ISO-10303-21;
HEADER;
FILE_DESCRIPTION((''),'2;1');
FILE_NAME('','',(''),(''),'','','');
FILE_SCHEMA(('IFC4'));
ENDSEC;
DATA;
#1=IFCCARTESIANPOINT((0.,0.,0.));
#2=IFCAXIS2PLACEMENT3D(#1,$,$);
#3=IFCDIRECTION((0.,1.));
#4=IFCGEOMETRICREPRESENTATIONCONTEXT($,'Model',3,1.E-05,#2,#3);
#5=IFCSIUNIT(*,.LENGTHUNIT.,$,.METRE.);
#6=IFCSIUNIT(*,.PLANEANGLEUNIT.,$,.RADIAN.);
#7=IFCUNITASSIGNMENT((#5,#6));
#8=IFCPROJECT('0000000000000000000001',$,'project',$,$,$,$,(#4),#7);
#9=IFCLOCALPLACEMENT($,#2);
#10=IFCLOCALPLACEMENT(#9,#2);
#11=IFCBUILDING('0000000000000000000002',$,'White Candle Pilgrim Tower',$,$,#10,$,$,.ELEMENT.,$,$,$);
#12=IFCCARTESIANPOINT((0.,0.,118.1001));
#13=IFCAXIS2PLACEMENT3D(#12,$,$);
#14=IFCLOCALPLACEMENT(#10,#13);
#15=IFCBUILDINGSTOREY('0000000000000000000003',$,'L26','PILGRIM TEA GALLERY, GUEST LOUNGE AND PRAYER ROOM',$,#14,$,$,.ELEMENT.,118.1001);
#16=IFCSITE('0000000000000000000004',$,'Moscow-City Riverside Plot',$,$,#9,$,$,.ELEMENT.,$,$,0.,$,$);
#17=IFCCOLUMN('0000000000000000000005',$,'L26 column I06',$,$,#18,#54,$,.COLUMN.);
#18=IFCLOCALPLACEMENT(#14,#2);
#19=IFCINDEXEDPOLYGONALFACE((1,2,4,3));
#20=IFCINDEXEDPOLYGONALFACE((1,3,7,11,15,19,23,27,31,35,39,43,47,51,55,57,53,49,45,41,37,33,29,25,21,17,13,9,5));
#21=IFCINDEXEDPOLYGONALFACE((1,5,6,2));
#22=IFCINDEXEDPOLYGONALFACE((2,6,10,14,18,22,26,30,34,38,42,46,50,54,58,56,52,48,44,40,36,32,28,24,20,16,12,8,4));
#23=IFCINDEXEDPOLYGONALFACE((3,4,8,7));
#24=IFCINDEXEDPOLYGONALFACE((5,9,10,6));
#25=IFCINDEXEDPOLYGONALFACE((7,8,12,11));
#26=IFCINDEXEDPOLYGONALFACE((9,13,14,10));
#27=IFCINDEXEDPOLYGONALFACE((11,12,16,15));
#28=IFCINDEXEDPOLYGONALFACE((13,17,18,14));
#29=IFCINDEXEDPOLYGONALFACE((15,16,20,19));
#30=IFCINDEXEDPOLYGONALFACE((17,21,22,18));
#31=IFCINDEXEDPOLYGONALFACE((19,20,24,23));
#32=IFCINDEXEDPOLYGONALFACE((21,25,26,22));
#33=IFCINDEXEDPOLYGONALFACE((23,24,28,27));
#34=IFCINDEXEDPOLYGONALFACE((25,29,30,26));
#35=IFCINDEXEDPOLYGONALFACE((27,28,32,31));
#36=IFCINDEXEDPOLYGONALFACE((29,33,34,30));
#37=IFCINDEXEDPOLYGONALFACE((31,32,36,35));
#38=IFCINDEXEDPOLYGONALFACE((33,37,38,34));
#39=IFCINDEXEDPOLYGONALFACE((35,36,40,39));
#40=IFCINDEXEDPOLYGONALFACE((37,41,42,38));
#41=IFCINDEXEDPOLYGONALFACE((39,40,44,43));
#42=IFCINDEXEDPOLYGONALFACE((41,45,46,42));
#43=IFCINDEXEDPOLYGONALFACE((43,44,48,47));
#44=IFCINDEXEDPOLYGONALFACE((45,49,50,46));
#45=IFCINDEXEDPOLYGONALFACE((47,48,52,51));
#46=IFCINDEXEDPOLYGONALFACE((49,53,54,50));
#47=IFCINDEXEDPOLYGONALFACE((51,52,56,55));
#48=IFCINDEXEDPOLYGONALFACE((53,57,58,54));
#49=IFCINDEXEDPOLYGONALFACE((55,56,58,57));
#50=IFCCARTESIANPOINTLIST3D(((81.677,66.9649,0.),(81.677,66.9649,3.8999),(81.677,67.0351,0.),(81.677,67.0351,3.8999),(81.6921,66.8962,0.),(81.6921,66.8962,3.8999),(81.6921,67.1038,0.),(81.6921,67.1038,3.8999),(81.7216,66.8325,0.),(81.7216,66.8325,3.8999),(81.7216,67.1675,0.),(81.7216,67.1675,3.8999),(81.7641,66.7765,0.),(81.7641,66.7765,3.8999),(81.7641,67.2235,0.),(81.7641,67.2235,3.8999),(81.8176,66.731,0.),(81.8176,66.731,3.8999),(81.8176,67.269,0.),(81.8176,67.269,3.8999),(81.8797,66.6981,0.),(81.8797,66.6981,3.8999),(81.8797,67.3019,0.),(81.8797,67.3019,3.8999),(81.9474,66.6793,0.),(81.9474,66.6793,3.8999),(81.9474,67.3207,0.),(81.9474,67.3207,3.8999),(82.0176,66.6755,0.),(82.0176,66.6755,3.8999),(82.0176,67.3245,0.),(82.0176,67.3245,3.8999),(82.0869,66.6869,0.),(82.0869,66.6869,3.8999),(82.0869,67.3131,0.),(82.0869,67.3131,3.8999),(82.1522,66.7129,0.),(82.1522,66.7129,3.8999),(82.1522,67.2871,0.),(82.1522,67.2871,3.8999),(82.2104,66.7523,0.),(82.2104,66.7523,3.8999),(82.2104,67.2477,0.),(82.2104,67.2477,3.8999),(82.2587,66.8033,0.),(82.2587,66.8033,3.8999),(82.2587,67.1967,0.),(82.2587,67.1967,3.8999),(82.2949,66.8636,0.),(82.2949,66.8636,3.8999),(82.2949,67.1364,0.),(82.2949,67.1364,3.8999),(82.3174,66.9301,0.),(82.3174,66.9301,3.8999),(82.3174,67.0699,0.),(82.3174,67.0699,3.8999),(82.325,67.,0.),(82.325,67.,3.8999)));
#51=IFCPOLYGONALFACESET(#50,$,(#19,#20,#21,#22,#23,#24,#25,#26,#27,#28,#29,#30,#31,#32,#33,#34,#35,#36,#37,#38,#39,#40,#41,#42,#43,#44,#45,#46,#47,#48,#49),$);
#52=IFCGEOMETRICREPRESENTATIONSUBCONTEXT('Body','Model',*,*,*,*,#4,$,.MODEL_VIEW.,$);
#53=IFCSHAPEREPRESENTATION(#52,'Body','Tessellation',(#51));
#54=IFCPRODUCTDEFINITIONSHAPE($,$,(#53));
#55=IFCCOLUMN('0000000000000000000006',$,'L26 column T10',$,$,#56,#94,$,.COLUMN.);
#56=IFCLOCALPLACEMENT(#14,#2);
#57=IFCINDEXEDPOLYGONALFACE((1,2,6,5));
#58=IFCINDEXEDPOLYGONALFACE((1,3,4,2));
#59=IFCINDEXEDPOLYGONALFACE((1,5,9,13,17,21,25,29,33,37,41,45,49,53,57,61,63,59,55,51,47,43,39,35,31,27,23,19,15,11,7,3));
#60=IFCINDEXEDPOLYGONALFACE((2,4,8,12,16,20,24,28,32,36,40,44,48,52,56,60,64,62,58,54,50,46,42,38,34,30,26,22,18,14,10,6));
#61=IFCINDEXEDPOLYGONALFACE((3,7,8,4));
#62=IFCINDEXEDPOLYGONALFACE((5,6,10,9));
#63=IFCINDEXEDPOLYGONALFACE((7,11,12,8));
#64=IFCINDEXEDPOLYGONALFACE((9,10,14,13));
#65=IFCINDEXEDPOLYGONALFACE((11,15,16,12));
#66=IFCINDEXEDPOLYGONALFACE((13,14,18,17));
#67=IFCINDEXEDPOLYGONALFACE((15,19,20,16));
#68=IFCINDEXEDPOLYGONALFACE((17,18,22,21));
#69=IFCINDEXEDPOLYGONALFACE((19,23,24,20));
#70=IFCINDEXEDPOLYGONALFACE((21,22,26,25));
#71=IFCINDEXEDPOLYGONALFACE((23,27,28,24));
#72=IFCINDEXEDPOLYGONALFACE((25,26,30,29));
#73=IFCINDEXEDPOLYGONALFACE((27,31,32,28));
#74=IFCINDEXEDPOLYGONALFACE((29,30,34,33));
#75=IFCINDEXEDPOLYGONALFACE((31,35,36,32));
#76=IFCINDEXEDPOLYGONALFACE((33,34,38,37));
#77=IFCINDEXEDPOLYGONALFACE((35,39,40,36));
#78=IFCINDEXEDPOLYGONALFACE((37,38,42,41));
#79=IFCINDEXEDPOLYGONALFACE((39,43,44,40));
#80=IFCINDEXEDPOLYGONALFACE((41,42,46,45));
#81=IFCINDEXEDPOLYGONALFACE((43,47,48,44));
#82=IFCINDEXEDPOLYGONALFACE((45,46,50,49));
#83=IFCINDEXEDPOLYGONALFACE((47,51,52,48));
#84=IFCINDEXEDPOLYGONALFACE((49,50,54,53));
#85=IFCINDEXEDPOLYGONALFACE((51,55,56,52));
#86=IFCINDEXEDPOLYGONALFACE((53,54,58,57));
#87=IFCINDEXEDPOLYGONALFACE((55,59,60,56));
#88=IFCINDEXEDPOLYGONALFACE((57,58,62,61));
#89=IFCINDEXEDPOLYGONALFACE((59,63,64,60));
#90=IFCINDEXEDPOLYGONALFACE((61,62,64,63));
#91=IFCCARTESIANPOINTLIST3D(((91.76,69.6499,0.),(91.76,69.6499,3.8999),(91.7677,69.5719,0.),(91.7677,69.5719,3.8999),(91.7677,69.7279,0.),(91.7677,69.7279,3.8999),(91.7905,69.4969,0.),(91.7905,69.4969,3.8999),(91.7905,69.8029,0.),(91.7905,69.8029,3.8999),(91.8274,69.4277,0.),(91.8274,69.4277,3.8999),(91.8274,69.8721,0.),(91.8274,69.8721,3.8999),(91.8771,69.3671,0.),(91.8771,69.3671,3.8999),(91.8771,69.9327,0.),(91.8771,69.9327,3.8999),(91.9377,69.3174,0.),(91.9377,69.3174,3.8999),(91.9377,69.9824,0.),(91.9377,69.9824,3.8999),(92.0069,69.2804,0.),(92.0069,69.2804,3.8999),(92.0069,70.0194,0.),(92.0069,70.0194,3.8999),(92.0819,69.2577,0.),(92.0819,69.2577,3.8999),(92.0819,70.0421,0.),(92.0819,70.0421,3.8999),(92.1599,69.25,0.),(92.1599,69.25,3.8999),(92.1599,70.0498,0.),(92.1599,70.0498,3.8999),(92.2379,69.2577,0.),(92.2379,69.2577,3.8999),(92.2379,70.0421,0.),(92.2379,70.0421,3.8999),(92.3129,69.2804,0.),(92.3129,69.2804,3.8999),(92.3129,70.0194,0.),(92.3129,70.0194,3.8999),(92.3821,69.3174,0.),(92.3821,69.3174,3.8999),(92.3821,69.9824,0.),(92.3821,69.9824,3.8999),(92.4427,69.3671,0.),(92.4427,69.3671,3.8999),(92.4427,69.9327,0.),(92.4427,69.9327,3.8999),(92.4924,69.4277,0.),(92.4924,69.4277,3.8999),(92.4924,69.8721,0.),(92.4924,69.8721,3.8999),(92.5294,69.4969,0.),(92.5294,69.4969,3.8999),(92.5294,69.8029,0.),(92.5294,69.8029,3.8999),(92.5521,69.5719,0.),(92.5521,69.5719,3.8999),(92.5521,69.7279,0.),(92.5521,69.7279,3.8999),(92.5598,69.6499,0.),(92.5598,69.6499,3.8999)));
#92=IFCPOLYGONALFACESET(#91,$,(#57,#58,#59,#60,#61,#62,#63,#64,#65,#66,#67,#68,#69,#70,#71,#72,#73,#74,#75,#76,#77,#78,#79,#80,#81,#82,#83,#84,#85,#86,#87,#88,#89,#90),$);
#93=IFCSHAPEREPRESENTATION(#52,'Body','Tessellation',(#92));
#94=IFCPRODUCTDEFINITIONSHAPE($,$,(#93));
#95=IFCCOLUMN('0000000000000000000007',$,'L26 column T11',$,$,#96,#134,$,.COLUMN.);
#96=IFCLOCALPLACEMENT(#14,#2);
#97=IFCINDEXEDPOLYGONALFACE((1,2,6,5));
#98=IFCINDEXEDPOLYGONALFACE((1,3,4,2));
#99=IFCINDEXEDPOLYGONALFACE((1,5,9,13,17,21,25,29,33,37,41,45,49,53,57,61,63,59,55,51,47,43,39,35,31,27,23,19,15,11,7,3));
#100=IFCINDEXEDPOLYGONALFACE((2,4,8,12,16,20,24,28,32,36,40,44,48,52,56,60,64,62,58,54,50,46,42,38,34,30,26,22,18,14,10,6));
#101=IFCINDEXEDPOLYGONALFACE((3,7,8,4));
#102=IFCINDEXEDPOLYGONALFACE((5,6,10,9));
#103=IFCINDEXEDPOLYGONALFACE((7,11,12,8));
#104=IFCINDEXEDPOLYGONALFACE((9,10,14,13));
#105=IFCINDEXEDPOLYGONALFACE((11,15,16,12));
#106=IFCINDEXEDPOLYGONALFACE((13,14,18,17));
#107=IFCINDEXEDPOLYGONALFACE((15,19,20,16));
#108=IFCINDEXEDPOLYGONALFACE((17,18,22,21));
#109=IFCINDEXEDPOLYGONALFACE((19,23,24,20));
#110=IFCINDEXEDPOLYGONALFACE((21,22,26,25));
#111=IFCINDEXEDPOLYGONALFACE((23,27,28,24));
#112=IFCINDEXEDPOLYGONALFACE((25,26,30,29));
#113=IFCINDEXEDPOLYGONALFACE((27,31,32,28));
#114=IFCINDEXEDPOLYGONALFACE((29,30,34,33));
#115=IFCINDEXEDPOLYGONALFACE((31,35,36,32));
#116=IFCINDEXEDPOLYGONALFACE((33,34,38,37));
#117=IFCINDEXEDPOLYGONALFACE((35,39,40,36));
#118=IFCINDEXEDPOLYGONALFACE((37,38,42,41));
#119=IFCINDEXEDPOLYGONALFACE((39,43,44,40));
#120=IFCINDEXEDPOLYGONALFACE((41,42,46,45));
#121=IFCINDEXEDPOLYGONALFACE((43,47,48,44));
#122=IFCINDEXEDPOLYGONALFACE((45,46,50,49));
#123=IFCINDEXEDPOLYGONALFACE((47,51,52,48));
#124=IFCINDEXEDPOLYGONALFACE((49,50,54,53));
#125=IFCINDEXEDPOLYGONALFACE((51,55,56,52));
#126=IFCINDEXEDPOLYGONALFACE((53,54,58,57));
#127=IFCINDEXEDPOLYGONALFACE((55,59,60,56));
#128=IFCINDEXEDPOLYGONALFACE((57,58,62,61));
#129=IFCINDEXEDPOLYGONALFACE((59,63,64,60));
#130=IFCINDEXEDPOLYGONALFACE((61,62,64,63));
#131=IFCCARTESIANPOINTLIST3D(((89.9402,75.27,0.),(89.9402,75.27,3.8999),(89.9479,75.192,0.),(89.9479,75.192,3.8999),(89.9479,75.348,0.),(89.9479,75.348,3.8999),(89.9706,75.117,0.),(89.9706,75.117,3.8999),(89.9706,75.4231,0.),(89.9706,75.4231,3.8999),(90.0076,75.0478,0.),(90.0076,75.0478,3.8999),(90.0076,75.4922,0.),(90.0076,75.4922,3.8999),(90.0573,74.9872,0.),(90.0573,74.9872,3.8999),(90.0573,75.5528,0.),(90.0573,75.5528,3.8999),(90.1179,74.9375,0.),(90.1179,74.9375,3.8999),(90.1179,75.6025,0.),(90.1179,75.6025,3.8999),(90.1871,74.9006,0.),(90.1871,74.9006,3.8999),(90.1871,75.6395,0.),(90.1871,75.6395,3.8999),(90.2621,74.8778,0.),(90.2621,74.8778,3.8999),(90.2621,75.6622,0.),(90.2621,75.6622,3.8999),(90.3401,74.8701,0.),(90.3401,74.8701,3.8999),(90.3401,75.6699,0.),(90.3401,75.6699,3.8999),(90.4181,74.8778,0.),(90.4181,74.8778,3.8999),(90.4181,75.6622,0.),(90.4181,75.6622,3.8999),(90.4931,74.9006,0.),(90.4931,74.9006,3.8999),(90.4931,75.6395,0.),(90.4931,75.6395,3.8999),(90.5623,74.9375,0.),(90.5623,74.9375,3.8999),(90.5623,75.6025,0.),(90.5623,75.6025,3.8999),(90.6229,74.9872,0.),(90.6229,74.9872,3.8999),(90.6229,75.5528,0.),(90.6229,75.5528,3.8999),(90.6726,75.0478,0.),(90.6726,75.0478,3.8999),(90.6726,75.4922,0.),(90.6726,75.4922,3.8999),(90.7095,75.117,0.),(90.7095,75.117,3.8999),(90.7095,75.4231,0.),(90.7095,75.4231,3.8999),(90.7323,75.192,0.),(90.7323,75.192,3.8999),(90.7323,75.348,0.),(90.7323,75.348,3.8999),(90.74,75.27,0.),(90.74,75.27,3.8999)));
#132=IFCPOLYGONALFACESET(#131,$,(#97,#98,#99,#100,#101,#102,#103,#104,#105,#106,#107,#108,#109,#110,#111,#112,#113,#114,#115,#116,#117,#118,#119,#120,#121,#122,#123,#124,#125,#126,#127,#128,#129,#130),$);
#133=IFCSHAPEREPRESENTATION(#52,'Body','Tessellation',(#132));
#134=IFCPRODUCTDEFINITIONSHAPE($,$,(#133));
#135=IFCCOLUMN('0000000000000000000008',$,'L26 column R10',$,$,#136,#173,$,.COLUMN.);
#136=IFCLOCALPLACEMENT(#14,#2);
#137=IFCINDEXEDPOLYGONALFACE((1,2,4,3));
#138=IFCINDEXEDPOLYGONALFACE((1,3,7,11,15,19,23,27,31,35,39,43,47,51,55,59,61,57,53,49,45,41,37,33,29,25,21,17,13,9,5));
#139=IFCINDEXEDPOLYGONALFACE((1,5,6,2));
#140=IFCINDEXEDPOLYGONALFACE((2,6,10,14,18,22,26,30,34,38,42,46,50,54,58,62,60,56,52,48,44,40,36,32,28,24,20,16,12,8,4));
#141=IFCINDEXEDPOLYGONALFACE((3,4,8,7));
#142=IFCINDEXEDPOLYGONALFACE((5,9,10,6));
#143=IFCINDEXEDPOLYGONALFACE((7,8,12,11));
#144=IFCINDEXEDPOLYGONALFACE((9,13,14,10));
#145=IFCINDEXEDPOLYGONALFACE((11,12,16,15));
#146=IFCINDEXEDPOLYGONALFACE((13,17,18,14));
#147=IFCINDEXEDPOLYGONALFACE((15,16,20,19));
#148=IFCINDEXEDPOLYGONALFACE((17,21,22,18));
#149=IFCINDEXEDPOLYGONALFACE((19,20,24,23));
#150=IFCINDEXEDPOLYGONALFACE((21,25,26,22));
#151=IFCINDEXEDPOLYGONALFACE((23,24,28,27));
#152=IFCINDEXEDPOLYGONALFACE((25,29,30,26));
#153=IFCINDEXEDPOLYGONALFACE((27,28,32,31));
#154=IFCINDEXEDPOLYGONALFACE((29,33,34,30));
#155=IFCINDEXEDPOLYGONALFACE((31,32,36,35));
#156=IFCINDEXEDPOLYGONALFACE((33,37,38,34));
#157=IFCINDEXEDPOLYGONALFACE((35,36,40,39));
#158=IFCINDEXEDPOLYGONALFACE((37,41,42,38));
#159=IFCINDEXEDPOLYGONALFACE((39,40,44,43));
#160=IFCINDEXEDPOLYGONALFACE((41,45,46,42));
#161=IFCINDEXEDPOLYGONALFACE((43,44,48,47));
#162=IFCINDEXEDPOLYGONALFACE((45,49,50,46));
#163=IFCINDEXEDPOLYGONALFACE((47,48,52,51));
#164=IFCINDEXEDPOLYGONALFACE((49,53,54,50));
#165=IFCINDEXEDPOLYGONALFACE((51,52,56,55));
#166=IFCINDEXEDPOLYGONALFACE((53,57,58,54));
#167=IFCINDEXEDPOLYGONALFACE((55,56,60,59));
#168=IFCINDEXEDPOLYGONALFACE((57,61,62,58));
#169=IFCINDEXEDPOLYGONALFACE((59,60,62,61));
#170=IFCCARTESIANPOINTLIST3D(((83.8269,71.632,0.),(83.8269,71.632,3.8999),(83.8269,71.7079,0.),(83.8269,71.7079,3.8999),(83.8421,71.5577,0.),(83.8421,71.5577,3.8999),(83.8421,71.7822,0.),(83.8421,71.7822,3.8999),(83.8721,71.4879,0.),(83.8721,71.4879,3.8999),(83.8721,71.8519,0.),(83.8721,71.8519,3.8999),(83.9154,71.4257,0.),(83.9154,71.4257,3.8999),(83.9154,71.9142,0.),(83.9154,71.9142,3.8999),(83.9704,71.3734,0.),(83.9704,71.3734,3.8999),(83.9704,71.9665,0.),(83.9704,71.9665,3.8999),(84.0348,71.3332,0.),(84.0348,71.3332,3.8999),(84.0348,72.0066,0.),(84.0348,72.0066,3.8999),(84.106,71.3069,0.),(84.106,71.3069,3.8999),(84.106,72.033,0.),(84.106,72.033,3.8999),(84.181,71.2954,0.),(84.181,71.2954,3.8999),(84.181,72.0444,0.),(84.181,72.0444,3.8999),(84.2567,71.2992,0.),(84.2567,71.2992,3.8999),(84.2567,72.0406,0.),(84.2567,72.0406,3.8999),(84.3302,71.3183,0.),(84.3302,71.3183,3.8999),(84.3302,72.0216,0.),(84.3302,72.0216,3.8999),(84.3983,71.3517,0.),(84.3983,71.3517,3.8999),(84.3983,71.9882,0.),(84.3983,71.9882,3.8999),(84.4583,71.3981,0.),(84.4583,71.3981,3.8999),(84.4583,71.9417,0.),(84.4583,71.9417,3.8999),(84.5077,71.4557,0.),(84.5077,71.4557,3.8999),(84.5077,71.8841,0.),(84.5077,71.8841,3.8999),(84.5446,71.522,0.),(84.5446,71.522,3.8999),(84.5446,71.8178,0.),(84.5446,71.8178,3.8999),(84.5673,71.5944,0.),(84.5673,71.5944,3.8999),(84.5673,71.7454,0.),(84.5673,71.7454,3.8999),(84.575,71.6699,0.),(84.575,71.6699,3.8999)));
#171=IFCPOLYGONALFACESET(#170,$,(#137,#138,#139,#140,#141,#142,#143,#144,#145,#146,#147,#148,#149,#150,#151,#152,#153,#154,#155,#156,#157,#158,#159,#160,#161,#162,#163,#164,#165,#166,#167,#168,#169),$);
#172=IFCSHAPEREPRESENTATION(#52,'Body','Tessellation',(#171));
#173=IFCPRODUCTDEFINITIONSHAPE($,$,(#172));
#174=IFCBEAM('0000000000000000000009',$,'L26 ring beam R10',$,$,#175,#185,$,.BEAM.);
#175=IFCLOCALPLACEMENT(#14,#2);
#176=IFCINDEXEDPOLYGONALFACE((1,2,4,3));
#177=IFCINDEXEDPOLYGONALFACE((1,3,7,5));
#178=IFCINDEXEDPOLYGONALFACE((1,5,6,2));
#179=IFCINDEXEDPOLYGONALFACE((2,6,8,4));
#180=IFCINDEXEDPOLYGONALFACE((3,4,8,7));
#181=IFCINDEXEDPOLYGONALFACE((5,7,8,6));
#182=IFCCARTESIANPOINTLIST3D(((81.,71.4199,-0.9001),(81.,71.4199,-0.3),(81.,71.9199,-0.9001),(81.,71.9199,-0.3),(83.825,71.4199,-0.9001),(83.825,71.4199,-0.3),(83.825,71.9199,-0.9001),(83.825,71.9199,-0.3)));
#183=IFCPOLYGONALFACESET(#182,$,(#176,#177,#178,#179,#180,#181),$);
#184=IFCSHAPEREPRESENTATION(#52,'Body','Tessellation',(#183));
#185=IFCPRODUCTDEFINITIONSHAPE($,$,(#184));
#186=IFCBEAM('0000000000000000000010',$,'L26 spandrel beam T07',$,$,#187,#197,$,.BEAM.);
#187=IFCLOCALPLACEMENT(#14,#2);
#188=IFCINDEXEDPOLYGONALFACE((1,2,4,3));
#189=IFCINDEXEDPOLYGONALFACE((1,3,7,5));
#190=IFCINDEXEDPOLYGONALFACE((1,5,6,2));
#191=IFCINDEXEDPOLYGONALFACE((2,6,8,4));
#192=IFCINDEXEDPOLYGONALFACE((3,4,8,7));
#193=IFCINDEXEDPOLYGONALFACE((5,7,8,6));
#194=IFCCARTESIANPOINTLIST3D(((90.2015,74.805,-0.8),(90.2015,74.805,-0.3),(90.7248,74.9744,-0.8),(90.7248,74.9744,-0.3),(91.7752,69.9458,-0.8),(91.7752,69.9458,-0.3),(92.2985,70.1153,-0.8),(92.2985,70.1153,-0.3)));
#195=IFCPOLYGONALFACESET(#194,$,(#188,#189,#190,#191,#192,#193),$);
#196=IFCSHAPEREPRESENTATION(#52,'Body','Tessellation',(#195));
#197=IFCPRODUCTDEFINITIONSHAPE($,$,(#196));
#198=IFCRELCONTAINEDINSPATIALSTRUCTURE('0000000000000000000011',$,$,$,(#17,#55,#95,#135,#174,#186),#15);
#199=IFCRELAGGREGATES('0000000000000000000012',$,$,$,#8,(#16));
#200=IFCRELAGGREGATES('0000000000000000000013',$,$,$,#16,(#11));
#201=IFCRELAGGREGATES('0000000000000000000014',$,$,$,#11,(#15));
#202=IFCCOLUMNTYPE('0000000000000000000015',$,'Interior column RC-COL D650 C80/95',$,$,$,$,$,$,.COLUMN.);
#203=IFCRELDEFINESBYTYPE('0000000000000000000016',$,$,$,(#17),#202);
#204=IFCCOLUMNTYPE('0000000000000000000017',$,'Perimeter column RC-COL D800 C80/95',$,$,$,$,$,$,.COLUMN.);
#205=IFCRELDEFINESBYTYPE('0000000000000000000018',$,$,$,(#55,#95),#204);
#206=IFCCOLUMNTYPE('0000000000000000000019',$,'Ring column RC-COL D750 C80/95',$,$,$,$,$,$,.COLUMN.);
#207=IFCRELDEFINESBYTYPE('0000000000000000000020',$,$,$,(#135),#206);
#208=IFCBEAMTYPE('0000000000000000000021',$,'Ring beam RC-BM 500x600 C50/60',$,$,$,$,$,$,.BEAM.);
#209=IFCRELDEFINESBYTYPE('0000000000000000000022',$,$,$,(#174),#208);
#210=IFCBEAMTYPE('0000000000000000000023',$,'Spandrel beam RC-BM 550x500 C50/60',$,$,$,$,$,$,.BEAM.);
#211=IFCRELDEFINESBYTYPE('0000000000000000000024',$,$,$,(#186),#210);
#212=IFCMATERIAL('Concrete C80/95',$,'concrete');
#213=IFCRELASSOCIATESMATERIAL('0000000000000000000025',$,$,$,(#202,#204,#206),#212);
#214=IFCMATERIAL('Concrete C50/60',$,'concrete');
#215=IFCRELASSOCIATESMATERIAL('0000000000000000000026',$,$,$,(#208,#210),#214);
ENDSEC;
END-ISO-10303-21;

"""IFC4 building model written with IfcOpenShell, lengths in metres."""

from ifc_helpers import new_model, si_unit, direction, frame, origin, origin_2d, place, context, subcontext, project, spatial, rectangle, circle, extrude, material, material_profile, profile_set, type_object, element, save


model = new_model("IFC4")

# Units and contexts
model_context = context("Model", 3, precision=1e-05, world=origin(), true_north=direction((0.0, 1.0)))
body_context = subcontext(model_context, "Body", "Model", "MODEL_VIEW")
ifc_project = project(units=[si_unit("LENGTHUNIT", "METRE"), si_unit("PLANEANGLEUNIT", "RADIAN")], contexts=[model_context])

# Site, building, storey
site_placement = place(None, origin())
site = spatial("IfcSite", under=ifc_project, at=site_placement, Name="Moscow-City Riverside Plot", CompositionType="ELEMENT", RefElevation=0.0)
building_placement = place(site_placement, origin())
building = spatial("IfcBuilding", under=site, at=building_placement, Name="White Candle Pilgrim Tower", CompositionType="ELEMENT")
storey_placement = place(building_placement, frame((0.0, 0.0, 118.1001)))
storey = spatial("IfcBuildingStorey", under=building, at=storey_placement, Name="L26", Description="PILGRIM TEA GALLERY, GUEST LOUNGE AND PRAYER ROOM", CompositionType="ELEMENT", Elevation=118.1001)

# Columns
ifc_material_1 = material(Name="Concrete C80/95", Category="concrete")
ifc_material_profile_1 = material_profile(ifc_material_1, circle(Radius=0.325, at=origin_2d()), Name="RC-COL D650")
ifc_profile_set_1 = profile_set([ifc_material_profile_1], Name="Concrete C80/95")
column_type_1 = type_object("IfcColumnType", Name="Interior column RC-COL D650 C80/95", PredefinedType="COLUMN", material=ifc_profile_set_1)
column_1_placement = place(storey_placement, frame((82.0, 67.0, 0.0), z_axis=(0.0, 0.0, 1.0), x_axis=(1.0, 0.0, 0.0)))
element("IfcColumn", 1, at=column_1_placement, inside=storey, type_object=column_type_1, Name="L26 column I06", PredefinedType="COLUMN", context=body_context, shape_type="SweptSolid", body=[
    extrude(circle(Radius=0.325, at=origin_2d()), origin(), (0.0, 0.0, 1.0), 3.8999),
])
ifc_material_profile_2 = material_profile(ifc_material_1, circle(Radius=0.3999, at=origin_2d()), Name="RC-COL D800")
ifc_profile_set_2 = profile_set([ifc_material_profile_2], Name="Concrete C80/95")
column_type_2 = type_object("IfcColumnType", Name="Perimeter column RC-COL D800 C80/95", PredefinedType="COLUMN", material=ifc_profile_set_2)
for number, where, z_axis, x_axis, name in (
    (2, (92.1599, 69.6499, 0.0), (0.0, 0.0, 1.0), (1.0, 0.0, 0.0), "L26 column T10"),
    (3, (90.3401, 75.27, 0.0), (0.0, 0.0, 1.0), (1.0, 0.0, 0.0), "L26 column T11"),
):
    element("IfcColumn", number, at=place(storey_placement, frame(where, z_axis=z_axis, x_axis=x_axis)), inside=storey, type_object=column_type_2, Name=name, PredefinedType="COLUMN", context=body_context, shape_type="SweptSolid", body=[
        extrude(circle(Radius=0.3999, at=origin_2d()), origin(), (0.0, 0.0, 1.0), 3.8999),
    ])
ifc_material_profile_3 = material_profile(ifc_material_1, circle(Radius=0.375, at=origin_2d()), Name="RC-COL D750")
ifc_profile_set_3 = profile_set([ifc_material_profile_3], Name="Concrete C80/95")
column_type_3 = type_object("IfcColumnType", Name="Ring column RC-COL D750 C80/95", PredefinedType="COLUMN", material=ifc_profile_set_3)
column_2_placement = place(storey_placement, frame((84.2, 71.6699, 0.0), z_axis=(0.0, 0.0, 1.0), x_axis=(1.0, 0.0, 0.0)))
element("IfcColumn", 4, at=column_2_placement, inside=storey, type_object=column_type_3, Name="L26 column R10", PredefinedType="COLUMN", context=body_context, shape_type="SweptSolid", body=[
    extrude(circle(Radius=0.375, at=origin_2d()), origin(), (0.0, 0.0, 1.0), 3.8999),
])

# Beams
ifc_material_2 = material(Name="Concrete C50/60", Category="concrete")
ifc_material_profile_4 = material_profile(ifc_material_2, rectangle(XDim=0.5, YDim=0.6001, at=origin_2d()), Name="RC-BM 500x600")
ifc_profile_set_4 = profile_set([ifc_material_profile_4], Name="Concrete C50/60")
beam_type_1 = type_object("IfcBeamType", Name="Ring beam RC-BM 500x600 C50/60", PredefinedType="BEAM", material=ifc_profile_set_4)
beam_1_placement = place(storey_placement, frame((83.825, 71.6699, -0.6001), z_axis=(-1.0, 0.0, 0.0), x_axis=(0.0, -1.0, 0.0)))
element("IfcBeam", 5, at=beam_1_placement, inside=storey, type_object=beam_type_1, Name="L26 ring beam R10", PredefinedType="BEAM", context=body_context, shape_type="SweptSolid", body=[
    extrude(rectangle(XDim=0.5, YDim=0.6001, at=origin_2d()), origin(), (0.0, 0.0, 1.0), 2.825),
])
ifc_material_profile_5 = material_profile(ifc_material_2, rectangle(XDim=0.55, YDim=0.5, at=origin_2d()), Name="RC-BM 550x500")
ifc_profile_set_5 = profile_set([ifc_material_profile_5], Name="Concrete C50/60")
beam_type_2 = type_object("IfcBeamType", Name="Spandrel beam RC-BM 550x500 C50/60", PredefinedType="BEAM", material=ifc_profile_set_5)
beam_2_placement = place(storey_placement, frame((92.0369, 70.0305, -0.55), z_axis=(-0.308114, 0.951349, 0.0), x_axis=(-0.951349, -0.308114, 0.0)))
element("IfcBeam", 6, at=beam_2_placement, inside=storey, type_object=beam_type_2, Name="L26 spandrel beam T07", PredefinedType="BEAM", context=body_context, shape_type="SweptSolid", body=[
    extrude(rectangle(XDim=0.55, YDim=0.5, at=origin_2d()), origin(), (0.0, 0.0, 1.0), 5.1077),
])

save(model, "model.ifc")
